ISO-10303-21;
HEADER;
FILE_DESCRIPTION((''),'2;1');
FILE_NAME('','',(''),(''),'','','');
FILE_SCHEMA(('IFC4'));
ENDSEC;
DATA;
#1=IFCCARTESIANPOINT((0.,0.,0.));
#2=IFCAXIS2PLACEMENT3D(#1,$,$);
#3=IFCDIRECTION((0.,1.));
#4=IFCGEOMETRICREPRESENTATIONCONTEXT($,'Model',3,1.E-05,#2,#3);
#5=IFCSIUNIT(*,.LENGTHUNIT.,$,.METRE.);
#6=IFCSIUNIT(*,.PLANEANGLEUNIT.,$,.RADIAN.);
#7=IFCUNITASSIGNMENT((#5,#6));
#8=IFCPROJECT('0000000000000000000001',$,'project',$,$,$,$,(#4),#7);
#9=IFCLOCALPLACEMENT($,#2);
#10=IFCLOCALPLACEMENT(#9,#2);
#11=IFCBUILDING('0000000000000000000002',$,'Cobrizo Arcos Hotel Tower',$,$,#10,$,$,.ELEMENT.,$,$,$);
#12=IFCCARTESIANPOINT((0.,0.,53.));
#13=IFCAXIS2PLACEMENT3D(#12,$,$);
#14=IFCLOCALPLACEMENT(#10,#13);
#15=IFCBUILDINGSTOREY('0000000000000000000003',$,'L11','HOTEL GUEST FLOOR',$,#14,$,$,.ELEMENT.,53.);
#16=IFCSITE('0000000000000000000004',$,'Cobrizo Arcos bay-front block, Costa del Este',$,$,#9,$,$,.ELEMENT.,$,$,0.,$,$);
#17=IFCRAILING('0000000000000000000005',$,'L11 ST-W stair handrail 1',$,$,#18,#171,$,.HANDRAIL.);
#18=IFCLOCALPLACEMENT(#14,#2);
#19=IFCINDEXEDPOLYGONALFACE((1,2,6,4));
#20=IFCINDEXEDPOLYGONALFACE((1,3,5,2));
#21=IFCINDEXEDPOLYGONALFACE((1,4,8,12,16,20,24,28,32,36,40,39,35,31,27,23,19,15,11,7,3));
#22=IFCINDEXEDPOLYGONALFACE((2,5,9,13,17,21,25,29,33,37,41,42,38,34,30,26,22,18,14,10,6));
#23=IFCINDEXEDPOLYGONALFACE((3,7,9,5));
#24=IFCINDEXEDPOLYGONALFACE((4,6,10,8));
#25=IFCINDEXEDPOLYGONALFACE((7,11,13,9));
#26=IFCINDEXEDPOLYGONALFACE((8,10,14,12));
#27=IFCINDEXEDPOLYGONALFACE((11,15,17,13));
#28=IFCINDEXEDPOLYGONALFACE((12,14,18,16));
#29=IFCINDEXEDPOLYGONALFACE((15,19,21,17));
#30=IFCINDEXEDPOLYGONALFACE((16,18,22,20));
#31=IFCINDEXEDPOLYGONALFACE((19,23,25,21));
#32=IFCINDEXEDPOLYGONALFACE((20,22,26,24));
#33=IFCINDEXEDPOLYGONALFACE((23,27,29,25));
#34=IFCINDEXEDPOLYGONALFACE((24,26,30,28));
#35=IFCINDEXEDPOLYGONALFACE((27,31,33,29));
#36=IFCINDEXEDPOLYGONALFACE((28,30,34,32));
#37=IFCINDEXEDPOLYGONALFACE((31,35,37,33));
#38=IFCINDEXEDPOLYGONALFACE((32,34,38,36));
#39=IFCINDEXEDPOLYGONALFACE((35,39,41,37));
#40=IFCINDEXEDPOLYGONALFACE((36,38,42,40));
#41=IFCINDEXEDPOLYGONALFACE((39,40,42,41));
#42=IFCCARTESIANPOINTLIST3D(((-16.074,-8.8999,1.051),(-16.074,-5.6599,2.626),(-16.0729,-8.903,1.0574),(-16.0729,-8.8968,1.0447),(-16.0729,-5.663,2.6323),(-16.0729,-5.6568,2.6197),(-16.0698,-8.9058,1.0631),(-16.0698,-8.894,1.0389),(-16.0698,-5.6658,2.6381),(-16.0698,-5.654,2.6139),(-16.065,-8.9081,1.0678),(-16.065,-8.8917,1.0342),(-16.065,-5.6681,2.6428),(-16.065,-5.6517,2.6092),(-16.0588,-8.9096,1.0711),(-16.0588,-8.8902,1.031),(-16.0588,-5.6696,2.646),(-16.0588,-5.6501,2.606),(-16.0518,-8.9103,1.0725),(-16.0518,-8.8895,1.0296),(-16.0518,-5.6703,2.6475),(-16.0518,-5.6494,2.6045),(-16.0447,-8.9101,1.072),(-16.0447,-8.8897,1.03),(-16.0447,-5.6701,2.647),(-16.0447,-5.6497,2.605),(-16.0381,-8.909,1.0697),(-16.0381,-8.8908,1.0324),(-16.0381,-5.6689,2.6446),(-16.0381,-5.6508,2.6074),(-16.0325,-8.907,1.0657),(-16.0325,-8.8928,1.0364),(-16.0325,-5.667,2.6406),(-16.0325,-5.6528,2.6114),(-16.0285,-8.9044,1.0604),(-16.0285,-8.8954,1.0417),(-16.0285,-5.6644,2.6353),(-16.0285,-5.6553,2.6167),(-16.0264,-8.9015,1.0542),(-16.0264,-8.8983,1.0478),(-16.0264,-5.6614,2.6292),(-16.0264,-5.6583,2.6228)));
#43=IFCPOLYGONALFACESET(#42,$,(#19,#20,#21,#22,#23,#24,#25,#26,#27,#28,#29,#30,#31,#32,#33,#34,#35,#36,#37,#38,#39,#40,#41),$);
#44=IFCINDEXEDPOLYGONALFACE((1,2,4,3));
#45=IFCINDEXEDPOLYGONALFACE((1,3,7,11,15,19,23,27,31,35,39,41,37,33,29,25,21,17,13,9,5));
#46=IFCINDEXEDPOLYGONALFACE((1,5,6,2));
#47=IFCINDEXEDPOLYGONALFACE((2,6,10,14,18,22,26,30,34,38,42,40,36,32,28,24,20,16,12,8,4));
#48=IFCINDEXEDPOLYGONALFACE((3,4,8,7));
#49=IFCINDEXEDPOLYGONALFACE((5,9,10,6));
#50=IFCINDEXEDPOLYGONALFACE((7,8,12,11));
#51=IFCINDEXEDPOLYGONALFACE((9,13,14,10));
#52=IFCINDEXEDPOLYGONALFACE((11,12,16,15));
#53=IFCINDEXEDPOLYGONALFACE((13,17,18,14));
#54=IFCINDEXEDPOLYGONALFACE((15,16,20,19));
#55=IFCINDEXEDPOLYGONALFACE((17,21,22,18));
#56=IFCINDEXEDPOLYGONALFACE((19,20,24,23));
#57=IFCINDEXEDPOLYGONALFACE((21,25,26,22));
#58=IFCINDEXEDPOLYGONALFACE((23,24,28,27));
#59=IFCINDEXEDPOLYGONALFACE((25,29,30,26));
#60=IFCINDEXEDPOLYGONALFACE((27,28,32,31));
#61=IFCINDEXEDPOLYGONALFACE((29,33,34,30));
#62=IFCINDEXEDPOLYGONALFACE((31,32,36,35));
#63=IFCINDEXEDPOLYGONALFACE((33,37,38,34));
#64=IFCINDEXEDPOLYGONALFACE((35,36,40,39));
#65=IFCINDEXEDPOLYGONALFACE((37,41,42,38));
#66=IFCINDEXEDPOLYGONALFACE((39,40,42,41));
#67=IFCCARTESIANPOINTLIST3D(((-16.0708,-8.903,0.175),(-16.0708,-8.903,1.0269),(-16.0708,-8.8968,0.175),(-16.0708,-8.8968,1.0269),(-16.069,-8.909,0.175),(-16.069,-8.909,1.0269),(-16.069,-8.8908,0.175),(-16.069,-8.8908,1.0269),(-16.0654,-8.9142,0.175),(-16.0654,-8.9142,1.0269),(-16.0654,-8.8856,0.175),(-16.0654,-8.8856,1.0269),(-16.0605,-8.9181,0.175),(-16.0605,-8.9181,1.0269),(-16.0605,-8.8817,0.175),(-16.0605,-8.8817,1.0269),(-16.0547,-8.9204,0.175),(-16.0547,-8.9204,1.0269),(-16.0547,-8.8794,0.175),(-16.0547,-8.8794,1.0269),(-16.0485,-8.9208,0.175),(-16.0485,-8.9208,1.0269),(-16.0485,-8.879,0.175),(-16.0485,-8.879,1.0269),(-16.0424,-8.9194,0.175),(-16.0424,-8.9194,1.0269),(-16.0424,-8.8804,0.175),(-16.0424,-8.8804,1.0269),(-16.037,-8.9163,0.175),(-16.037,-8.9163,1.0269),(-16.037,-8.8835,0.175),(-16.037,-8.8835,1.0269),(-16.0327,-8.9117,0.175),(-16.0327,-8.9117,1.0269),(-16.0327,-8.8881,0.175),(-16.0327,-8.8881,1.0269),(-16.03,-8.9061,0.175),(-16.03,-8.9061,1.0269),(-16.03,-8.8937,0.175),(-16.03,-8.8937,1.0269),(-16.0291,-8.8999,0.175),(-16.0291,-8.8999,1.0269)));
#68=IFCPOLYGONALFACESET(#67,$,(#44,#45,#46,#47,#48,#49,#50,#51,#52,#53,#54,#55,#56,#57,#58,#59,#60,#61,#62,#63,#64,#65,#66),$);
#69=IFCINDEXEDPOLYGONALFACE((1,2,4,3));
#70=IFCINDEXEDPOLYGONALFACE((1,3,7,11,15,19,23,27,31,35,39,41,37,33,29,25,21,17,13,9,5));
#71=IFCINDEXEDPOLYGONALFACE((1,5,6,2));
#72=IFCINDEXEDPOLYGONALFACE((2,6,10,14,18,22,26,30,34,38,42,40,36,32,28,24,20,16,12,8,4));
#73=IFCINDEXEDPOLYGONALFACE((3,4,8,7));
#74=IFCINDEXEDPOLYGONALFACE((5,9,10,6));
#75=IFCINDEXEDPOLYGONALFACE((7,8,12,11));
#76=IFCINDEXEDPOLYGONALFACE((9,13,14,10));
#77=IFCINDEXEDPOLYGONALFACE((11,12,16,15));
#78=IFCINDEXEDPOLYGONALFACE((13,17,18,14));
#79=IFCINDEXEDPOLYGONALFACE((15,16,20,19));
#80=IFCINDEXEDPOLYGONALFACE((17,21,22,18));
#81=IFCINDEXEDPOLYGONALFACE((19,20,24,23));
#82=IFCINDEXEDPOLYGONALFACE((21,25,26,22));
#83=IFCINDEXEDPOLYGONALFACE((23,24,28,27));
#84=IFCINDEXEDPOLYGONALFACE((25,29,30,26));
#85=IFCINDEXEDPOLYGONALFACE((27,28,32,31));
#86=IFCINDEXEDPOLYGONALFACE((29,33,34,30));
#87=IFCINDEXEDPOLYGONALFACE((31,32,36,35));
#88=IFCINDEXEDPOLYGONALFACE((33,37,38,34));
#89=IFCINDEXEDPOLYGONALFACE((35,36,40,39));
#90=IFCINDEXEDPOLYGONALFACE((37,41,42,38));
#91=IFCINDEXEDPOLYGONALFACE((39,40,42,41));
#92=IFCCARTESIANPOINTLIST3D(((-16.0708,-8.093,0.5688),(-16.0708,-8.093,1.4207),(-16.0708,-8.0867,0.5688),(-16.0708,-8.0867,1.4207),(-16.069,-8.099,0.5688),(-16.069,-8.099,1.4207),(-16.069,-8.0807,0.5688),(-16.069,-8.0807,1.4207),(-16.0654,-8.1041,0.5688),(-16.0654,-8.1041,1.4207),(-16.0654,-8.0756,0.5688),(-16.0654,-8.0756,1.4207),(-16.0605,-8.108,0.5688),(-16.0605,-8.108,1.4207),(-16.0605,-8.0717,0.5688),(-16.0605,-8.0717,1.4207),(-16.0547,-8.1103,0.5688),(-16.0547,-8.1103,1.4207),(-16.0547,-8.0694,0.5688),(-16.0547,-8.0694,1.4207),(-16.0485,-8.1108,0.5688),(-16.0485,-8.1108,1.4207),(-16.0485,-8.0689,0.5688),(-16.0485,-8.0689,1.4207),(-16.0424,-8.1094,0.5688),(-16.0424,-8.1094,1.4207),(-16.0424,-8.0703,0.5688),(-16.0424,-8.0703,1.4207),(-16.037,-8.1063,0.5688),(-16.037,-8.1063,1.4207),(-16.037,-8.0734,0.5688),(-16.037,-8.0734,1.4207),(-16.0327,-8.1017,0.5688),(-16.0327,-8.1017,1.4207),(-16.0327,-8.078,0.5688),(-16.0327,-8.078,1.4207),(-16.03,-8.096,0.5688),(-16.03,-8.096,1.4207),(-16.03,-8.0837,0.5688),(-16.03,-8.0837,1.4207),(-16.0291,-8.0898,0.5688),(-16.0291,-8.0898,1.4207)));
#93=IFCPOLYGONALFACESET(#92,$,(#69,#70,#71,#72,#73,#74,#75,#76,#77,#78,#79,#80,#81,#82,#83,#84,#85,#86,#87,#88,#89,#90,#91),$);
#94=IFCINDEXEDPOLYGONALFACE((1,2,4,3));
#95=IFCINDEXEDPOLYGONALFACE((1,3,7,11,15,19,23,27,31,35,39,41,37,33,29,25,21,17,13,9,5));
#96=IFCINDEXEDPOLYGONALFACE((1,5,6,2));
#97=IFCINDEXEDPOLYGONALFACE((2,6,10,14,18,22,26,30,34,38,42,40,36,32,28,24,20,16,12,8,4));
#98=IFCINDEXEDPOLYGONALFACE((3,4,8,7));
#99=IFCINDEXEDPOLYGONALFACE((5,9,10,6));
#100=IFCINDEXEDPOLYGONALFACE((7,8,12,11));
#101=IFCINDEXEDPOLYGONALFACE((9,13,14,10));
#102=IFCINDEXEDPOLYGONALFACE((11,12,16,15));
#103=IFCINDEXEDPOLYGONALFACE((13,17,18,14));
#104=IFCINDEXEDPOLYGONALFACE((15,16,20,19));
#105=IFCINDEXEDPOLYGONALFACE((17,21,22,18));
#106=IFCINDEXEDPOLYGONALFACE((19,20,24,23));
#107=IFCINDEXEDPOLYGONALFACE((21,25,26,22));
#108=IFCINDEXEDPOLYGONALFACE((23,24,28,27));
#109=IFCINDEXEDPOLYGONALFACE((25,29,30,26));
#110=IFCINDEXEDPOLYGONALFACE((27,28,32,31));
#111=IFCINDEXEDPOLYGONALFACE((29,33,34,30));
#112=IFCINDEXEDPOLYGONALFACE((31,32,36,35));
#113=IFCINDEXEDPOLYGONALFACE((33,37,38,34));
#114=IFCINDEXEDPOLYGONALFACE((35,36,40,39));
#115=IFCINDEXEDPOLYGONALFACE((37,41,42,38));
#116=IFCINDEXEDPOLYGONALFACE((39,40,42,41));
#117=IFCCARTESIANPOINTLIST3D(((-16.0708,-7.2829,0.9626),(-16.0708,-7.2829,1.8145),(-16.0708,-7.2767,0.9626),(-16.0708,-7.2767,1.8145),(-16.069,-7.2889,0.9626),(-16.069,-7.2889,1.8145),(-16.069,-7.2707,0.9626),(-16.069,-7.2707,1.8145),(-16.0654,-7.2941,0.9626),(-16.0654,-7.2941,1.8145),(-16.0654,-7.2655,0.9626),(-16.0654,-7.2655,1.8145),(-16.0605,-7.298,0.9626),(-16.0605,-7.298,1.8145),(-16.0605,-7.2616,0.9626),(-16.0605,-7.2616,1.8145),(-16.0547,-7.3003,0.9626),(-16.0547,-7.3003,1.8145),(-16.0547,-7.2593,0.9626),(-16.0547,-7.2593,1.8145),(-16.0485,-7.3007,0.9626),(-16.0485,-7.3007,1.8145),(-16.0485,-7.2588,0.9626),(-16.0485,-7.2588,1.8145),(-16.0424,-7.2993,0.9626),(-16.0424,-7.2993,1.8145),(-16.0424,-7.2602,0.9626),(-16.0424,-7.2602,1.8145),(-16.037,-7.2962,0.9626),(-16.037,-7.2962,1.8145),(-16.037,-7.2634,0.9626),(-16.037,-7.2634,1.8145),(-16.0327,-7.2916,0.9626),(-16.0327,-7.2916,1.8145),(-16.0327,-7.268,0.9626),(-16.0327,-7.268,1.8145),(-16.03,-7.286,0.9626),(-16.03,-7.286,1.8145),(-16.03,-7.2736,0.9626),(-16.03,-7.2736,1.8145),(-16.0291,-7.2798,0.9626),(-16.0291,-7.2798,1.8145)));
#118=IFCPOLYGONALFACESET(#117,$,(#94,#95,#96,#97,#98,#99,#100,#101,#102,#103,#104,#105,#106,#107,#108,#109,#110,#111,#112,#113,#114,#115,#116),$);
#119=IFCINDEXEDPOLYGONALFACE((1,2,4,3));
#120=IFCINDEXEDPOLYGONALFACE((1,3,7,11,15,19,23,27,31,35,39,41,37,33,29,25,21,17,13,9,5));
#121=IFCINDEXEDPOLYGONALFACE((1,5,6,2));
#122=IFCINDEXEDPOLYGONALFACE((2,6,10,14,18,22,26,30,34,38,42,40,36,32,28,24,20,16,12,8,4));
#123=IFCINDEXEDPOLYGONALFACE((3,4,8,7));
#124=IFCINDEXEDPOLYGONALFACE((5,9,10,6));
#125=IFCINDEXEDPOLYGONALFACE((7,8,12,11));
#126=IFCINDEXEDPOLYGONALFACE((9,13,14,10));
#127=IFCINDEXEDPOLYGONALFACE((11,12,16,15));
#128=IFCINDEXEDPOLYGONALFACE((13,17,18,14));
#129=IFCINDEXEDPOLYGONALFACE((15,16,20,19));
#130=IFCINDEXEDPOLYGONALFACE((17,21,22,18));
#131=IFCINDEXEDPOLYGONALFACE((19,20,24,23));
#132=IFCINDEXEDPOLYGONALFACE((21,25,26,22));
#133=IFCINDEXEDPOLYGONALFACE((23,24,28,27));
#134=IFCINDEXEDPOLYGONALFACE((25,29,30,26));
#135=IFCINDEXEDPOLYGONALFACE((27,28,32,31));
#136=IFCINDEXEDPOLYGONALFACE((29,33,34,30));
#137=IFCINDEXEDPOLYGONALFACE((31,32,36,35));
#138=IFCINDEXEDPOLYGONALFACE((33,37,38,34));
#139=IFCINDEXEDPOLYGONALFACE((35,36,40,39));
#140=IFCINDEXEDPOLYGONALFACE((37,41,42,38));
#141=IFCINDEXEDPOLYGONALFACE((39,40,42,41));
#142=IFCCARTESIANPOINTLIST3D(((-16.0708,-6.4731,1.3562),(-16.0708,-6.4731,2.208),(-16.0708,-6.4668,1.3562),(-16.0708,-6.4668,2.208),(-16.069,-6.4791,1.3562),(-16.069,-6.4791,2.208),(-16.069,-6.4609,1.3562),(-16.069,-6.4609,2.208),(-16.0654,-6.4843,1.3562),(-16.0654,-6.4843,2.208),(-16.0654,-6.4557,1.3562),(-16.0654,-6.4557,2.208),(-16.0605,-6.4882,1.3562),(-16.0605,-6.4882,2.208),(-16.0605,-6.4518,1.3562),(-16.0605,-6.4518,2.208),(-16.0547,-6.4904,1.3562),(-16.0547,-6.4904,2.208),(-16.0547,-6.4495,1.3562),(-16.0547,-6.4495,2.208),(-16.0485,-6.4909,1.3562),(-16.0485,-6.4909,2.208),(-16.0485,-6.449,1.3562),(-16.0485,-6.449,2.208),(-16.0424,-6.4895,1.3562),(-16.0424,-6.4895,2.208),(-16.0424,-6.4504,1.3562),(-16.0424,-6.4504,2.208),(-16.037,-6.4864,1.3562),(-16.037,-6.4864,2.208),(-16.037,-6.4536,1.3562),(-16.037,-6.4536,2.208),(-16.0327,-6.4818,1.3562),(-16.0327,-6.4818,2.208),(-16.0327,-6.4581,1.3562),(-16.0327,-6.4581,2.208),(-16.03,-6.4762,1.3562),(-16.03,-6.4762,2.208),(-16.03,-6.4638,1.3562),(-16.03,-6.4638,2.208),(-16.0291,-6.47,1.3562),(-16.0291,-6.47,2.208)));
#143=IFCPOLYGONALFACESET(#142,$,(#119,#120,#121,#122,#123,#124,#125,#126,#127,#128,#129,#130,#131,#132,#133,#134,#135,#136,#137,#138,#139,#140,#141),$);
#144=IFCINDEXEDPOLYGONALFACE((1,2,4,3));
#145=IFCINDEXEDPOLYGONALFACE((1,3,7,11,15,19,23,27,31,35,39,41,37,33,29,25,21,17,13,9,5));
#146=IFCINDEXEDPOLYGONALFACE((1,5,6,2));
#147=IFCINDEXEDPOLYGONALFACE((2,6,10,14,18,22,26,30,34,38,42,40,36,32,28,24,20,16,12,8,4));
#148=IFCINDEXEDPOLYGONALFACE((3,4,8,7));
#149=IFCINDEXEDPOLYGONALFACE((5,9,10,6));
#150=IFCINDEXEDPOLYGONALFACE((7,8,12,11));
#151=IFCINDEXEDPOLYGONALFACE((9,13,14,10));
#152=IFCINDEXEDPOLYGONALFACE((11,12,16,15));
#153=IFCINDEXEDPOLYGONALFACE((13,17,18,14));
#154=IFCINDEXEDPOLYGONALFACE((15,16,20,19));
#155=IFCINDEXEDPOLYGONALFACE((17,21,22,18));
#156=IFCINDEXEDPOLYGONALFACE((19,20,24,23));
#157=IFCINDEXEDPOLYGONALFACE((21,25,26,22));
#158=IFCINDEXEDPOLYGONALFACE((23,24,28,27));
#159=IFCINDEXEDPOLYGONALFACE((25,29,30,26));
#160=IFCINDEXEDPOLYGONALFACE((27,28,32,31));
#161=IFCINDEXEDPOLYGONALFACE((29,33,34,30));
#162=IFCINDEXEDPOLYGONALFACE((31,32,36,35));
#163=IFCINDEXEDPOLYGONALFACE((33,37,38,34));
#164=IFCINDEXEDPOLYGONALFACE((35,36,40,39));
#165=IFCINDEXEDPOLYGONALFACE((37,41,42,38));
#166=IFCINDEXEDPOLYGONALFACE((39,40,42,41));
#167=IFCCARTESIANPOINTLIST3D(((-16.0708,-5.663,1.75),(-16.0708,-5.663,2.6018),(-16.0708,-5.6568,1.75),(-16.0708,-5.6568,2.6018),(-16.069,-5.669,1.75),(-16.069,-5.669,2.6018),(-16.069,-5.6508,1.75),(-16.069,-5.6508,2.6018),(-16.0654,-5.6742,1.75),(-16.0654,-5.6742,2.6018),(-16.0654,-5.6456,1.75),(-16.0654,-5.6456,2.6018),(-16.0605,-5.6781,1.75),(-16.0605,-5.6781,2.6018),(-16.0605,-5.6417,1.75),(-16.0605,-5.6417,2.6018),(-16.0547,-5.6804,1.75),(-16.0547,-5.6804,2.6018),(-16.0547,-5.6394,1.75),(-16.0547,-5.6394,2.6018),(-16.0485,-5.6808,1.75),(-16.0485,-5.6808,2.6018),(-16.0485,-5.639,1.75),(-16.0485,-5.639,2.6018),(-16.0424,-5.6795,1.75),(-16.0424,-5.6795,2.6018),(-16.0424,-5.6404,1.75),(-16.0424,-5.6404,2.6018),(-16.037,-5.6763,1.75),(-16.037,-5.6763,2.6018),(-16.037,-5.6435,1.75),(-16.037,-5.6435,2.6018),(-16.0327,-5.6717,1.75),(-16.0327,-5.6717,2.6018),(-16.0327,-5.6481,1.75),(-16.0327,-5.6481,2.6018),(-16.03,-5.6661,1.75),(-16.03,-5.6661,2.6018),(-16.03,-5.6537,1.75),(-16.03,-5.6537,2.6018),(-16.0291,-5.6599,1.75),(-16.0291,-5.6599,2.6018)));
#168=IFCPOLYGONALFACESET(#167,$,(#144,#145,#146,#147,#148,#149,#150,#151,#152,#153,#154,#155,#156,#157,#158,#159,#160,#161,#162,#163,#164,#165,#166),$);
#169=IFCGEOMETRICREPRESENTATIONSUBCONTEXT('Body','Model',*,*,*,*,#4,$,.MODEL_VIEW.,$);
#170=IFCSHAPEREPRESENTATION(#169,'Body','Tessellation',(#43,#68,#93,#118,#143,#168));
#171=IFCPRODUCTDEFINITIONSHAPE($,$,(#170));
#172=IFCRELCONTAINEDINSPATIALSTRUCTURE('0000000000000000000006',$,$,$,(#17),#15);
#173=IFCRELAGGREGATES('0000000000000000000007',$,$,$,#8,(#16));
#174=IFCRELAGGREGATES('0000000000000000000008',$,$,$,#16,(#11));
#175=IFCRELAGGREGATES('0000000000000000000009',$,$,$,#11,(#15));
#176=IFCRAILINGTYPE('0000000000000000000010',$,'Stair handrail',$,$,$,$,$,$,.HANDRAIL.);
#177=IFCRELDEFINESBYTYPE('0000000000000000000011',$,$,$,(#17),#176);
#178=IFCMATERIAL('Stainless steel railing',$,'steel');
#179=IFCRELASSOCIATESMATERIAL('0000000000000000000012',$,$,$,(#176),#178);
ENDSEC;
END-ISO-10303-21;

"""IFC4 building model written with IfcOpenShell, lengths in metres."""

from ifc_helpers import new_model, si_unit, direction, frame, origin, origin_2d, place, context, subcontext, project, spatial, circle, extrude, material, type_object, element, save


model = new_model("IFC4")

# Units and contexts
model_context = context("Model", 3, precision=1e-05, world=origin(), true_north=direction((0.0, 1.0)))
body_context = subcontext(model_context, "Body", "Model", "MODEL_VIEW")
ifc_project = project(units=[si_unit("LENGTHUNIT", "METRE"), si_unit("PLANEANGLEUNIT", "RADIAN")], contexts=[model_context])

# Site, building, storey
site_placement = place(None, origin())
site = spatial("IfcSite", under=ifc_project, at=site_placement, Name="Cobrizo Arcos bay-front block, Costa del Este", CompositionType="ELEMENT", RefElevation=0.0)
building_placement = place(site_placement, origin())
building = spatial("IfcBuilding", under=site, at=building_placement, Name="Cobrizo Arcos Hotel Tower", CompositionType="ELEMENT")
storey_placement = place(building_placement, frame((0.0, 0.0, 53.0)))
storey = spatial("IfcBuildingStorey", under=building, at=storey_placement, Name="L11", Description="HOTEL GUEST FLOOR", CompositionType="ELEMENT", Elevation=53.0)

# Railing
ifc_material_1 = material(Name="Stainless steel railing", Category="steel")
railing_type = type_object("IfcRailingType", Name="Stair handrail", PredefinedType="HANDRAIL", material=ifc_material_1)
railing_placement = place(storey_placement, frame((-16.05, -8.8999, 0.175)))
element("IfcRailing", 1, at=railing_placement, inside=storey, type_object=railing_type, Name="L11 ST-W stair handrail 1", PredefinedType="HANDRAIL", context=body_context, shape_type="SweptSolid", body=[
    extrude(circle(Radius=0.0239, at=origin_2d()), frame((0.0, 0.0, 0.876), z_axis=(0.0, 0.899373, 0.437183), x_axis=(-1.0, 0.0, 0.0)), (0.0, 0.0, 1.0), 3.6025),
    extrude(circle(Radius=0.021, at=origin_2d()), origin(), (0.0, 0.0, 1.0), 0.8518),
    extrude(circle(Radius=0.021, at=origin_2d()), frame((0.0, 0.8101, 0.3938)), (0.0, 0.0, 1.0), 0.8518),
    extrude(circle(Radius=0.021, at=origin_2d()), frame((0.0, 1.6201, 0.7876)), (0.0, 0.0, 1.0), 0.8518),
    extrude(circle(Radius=0.021, at=origin_2d()), frame((0.0, 2.4299, 1.1812)), (0.0, 0.0, 1.0), 0.8518),
    extrude(circle(Radius=0.021, at=origin_2d()), frame((0.0, 3.24, 1.575)), (0.0, 0.0, 1.0), 0.8518),
])

save(model, "model.ifc")
